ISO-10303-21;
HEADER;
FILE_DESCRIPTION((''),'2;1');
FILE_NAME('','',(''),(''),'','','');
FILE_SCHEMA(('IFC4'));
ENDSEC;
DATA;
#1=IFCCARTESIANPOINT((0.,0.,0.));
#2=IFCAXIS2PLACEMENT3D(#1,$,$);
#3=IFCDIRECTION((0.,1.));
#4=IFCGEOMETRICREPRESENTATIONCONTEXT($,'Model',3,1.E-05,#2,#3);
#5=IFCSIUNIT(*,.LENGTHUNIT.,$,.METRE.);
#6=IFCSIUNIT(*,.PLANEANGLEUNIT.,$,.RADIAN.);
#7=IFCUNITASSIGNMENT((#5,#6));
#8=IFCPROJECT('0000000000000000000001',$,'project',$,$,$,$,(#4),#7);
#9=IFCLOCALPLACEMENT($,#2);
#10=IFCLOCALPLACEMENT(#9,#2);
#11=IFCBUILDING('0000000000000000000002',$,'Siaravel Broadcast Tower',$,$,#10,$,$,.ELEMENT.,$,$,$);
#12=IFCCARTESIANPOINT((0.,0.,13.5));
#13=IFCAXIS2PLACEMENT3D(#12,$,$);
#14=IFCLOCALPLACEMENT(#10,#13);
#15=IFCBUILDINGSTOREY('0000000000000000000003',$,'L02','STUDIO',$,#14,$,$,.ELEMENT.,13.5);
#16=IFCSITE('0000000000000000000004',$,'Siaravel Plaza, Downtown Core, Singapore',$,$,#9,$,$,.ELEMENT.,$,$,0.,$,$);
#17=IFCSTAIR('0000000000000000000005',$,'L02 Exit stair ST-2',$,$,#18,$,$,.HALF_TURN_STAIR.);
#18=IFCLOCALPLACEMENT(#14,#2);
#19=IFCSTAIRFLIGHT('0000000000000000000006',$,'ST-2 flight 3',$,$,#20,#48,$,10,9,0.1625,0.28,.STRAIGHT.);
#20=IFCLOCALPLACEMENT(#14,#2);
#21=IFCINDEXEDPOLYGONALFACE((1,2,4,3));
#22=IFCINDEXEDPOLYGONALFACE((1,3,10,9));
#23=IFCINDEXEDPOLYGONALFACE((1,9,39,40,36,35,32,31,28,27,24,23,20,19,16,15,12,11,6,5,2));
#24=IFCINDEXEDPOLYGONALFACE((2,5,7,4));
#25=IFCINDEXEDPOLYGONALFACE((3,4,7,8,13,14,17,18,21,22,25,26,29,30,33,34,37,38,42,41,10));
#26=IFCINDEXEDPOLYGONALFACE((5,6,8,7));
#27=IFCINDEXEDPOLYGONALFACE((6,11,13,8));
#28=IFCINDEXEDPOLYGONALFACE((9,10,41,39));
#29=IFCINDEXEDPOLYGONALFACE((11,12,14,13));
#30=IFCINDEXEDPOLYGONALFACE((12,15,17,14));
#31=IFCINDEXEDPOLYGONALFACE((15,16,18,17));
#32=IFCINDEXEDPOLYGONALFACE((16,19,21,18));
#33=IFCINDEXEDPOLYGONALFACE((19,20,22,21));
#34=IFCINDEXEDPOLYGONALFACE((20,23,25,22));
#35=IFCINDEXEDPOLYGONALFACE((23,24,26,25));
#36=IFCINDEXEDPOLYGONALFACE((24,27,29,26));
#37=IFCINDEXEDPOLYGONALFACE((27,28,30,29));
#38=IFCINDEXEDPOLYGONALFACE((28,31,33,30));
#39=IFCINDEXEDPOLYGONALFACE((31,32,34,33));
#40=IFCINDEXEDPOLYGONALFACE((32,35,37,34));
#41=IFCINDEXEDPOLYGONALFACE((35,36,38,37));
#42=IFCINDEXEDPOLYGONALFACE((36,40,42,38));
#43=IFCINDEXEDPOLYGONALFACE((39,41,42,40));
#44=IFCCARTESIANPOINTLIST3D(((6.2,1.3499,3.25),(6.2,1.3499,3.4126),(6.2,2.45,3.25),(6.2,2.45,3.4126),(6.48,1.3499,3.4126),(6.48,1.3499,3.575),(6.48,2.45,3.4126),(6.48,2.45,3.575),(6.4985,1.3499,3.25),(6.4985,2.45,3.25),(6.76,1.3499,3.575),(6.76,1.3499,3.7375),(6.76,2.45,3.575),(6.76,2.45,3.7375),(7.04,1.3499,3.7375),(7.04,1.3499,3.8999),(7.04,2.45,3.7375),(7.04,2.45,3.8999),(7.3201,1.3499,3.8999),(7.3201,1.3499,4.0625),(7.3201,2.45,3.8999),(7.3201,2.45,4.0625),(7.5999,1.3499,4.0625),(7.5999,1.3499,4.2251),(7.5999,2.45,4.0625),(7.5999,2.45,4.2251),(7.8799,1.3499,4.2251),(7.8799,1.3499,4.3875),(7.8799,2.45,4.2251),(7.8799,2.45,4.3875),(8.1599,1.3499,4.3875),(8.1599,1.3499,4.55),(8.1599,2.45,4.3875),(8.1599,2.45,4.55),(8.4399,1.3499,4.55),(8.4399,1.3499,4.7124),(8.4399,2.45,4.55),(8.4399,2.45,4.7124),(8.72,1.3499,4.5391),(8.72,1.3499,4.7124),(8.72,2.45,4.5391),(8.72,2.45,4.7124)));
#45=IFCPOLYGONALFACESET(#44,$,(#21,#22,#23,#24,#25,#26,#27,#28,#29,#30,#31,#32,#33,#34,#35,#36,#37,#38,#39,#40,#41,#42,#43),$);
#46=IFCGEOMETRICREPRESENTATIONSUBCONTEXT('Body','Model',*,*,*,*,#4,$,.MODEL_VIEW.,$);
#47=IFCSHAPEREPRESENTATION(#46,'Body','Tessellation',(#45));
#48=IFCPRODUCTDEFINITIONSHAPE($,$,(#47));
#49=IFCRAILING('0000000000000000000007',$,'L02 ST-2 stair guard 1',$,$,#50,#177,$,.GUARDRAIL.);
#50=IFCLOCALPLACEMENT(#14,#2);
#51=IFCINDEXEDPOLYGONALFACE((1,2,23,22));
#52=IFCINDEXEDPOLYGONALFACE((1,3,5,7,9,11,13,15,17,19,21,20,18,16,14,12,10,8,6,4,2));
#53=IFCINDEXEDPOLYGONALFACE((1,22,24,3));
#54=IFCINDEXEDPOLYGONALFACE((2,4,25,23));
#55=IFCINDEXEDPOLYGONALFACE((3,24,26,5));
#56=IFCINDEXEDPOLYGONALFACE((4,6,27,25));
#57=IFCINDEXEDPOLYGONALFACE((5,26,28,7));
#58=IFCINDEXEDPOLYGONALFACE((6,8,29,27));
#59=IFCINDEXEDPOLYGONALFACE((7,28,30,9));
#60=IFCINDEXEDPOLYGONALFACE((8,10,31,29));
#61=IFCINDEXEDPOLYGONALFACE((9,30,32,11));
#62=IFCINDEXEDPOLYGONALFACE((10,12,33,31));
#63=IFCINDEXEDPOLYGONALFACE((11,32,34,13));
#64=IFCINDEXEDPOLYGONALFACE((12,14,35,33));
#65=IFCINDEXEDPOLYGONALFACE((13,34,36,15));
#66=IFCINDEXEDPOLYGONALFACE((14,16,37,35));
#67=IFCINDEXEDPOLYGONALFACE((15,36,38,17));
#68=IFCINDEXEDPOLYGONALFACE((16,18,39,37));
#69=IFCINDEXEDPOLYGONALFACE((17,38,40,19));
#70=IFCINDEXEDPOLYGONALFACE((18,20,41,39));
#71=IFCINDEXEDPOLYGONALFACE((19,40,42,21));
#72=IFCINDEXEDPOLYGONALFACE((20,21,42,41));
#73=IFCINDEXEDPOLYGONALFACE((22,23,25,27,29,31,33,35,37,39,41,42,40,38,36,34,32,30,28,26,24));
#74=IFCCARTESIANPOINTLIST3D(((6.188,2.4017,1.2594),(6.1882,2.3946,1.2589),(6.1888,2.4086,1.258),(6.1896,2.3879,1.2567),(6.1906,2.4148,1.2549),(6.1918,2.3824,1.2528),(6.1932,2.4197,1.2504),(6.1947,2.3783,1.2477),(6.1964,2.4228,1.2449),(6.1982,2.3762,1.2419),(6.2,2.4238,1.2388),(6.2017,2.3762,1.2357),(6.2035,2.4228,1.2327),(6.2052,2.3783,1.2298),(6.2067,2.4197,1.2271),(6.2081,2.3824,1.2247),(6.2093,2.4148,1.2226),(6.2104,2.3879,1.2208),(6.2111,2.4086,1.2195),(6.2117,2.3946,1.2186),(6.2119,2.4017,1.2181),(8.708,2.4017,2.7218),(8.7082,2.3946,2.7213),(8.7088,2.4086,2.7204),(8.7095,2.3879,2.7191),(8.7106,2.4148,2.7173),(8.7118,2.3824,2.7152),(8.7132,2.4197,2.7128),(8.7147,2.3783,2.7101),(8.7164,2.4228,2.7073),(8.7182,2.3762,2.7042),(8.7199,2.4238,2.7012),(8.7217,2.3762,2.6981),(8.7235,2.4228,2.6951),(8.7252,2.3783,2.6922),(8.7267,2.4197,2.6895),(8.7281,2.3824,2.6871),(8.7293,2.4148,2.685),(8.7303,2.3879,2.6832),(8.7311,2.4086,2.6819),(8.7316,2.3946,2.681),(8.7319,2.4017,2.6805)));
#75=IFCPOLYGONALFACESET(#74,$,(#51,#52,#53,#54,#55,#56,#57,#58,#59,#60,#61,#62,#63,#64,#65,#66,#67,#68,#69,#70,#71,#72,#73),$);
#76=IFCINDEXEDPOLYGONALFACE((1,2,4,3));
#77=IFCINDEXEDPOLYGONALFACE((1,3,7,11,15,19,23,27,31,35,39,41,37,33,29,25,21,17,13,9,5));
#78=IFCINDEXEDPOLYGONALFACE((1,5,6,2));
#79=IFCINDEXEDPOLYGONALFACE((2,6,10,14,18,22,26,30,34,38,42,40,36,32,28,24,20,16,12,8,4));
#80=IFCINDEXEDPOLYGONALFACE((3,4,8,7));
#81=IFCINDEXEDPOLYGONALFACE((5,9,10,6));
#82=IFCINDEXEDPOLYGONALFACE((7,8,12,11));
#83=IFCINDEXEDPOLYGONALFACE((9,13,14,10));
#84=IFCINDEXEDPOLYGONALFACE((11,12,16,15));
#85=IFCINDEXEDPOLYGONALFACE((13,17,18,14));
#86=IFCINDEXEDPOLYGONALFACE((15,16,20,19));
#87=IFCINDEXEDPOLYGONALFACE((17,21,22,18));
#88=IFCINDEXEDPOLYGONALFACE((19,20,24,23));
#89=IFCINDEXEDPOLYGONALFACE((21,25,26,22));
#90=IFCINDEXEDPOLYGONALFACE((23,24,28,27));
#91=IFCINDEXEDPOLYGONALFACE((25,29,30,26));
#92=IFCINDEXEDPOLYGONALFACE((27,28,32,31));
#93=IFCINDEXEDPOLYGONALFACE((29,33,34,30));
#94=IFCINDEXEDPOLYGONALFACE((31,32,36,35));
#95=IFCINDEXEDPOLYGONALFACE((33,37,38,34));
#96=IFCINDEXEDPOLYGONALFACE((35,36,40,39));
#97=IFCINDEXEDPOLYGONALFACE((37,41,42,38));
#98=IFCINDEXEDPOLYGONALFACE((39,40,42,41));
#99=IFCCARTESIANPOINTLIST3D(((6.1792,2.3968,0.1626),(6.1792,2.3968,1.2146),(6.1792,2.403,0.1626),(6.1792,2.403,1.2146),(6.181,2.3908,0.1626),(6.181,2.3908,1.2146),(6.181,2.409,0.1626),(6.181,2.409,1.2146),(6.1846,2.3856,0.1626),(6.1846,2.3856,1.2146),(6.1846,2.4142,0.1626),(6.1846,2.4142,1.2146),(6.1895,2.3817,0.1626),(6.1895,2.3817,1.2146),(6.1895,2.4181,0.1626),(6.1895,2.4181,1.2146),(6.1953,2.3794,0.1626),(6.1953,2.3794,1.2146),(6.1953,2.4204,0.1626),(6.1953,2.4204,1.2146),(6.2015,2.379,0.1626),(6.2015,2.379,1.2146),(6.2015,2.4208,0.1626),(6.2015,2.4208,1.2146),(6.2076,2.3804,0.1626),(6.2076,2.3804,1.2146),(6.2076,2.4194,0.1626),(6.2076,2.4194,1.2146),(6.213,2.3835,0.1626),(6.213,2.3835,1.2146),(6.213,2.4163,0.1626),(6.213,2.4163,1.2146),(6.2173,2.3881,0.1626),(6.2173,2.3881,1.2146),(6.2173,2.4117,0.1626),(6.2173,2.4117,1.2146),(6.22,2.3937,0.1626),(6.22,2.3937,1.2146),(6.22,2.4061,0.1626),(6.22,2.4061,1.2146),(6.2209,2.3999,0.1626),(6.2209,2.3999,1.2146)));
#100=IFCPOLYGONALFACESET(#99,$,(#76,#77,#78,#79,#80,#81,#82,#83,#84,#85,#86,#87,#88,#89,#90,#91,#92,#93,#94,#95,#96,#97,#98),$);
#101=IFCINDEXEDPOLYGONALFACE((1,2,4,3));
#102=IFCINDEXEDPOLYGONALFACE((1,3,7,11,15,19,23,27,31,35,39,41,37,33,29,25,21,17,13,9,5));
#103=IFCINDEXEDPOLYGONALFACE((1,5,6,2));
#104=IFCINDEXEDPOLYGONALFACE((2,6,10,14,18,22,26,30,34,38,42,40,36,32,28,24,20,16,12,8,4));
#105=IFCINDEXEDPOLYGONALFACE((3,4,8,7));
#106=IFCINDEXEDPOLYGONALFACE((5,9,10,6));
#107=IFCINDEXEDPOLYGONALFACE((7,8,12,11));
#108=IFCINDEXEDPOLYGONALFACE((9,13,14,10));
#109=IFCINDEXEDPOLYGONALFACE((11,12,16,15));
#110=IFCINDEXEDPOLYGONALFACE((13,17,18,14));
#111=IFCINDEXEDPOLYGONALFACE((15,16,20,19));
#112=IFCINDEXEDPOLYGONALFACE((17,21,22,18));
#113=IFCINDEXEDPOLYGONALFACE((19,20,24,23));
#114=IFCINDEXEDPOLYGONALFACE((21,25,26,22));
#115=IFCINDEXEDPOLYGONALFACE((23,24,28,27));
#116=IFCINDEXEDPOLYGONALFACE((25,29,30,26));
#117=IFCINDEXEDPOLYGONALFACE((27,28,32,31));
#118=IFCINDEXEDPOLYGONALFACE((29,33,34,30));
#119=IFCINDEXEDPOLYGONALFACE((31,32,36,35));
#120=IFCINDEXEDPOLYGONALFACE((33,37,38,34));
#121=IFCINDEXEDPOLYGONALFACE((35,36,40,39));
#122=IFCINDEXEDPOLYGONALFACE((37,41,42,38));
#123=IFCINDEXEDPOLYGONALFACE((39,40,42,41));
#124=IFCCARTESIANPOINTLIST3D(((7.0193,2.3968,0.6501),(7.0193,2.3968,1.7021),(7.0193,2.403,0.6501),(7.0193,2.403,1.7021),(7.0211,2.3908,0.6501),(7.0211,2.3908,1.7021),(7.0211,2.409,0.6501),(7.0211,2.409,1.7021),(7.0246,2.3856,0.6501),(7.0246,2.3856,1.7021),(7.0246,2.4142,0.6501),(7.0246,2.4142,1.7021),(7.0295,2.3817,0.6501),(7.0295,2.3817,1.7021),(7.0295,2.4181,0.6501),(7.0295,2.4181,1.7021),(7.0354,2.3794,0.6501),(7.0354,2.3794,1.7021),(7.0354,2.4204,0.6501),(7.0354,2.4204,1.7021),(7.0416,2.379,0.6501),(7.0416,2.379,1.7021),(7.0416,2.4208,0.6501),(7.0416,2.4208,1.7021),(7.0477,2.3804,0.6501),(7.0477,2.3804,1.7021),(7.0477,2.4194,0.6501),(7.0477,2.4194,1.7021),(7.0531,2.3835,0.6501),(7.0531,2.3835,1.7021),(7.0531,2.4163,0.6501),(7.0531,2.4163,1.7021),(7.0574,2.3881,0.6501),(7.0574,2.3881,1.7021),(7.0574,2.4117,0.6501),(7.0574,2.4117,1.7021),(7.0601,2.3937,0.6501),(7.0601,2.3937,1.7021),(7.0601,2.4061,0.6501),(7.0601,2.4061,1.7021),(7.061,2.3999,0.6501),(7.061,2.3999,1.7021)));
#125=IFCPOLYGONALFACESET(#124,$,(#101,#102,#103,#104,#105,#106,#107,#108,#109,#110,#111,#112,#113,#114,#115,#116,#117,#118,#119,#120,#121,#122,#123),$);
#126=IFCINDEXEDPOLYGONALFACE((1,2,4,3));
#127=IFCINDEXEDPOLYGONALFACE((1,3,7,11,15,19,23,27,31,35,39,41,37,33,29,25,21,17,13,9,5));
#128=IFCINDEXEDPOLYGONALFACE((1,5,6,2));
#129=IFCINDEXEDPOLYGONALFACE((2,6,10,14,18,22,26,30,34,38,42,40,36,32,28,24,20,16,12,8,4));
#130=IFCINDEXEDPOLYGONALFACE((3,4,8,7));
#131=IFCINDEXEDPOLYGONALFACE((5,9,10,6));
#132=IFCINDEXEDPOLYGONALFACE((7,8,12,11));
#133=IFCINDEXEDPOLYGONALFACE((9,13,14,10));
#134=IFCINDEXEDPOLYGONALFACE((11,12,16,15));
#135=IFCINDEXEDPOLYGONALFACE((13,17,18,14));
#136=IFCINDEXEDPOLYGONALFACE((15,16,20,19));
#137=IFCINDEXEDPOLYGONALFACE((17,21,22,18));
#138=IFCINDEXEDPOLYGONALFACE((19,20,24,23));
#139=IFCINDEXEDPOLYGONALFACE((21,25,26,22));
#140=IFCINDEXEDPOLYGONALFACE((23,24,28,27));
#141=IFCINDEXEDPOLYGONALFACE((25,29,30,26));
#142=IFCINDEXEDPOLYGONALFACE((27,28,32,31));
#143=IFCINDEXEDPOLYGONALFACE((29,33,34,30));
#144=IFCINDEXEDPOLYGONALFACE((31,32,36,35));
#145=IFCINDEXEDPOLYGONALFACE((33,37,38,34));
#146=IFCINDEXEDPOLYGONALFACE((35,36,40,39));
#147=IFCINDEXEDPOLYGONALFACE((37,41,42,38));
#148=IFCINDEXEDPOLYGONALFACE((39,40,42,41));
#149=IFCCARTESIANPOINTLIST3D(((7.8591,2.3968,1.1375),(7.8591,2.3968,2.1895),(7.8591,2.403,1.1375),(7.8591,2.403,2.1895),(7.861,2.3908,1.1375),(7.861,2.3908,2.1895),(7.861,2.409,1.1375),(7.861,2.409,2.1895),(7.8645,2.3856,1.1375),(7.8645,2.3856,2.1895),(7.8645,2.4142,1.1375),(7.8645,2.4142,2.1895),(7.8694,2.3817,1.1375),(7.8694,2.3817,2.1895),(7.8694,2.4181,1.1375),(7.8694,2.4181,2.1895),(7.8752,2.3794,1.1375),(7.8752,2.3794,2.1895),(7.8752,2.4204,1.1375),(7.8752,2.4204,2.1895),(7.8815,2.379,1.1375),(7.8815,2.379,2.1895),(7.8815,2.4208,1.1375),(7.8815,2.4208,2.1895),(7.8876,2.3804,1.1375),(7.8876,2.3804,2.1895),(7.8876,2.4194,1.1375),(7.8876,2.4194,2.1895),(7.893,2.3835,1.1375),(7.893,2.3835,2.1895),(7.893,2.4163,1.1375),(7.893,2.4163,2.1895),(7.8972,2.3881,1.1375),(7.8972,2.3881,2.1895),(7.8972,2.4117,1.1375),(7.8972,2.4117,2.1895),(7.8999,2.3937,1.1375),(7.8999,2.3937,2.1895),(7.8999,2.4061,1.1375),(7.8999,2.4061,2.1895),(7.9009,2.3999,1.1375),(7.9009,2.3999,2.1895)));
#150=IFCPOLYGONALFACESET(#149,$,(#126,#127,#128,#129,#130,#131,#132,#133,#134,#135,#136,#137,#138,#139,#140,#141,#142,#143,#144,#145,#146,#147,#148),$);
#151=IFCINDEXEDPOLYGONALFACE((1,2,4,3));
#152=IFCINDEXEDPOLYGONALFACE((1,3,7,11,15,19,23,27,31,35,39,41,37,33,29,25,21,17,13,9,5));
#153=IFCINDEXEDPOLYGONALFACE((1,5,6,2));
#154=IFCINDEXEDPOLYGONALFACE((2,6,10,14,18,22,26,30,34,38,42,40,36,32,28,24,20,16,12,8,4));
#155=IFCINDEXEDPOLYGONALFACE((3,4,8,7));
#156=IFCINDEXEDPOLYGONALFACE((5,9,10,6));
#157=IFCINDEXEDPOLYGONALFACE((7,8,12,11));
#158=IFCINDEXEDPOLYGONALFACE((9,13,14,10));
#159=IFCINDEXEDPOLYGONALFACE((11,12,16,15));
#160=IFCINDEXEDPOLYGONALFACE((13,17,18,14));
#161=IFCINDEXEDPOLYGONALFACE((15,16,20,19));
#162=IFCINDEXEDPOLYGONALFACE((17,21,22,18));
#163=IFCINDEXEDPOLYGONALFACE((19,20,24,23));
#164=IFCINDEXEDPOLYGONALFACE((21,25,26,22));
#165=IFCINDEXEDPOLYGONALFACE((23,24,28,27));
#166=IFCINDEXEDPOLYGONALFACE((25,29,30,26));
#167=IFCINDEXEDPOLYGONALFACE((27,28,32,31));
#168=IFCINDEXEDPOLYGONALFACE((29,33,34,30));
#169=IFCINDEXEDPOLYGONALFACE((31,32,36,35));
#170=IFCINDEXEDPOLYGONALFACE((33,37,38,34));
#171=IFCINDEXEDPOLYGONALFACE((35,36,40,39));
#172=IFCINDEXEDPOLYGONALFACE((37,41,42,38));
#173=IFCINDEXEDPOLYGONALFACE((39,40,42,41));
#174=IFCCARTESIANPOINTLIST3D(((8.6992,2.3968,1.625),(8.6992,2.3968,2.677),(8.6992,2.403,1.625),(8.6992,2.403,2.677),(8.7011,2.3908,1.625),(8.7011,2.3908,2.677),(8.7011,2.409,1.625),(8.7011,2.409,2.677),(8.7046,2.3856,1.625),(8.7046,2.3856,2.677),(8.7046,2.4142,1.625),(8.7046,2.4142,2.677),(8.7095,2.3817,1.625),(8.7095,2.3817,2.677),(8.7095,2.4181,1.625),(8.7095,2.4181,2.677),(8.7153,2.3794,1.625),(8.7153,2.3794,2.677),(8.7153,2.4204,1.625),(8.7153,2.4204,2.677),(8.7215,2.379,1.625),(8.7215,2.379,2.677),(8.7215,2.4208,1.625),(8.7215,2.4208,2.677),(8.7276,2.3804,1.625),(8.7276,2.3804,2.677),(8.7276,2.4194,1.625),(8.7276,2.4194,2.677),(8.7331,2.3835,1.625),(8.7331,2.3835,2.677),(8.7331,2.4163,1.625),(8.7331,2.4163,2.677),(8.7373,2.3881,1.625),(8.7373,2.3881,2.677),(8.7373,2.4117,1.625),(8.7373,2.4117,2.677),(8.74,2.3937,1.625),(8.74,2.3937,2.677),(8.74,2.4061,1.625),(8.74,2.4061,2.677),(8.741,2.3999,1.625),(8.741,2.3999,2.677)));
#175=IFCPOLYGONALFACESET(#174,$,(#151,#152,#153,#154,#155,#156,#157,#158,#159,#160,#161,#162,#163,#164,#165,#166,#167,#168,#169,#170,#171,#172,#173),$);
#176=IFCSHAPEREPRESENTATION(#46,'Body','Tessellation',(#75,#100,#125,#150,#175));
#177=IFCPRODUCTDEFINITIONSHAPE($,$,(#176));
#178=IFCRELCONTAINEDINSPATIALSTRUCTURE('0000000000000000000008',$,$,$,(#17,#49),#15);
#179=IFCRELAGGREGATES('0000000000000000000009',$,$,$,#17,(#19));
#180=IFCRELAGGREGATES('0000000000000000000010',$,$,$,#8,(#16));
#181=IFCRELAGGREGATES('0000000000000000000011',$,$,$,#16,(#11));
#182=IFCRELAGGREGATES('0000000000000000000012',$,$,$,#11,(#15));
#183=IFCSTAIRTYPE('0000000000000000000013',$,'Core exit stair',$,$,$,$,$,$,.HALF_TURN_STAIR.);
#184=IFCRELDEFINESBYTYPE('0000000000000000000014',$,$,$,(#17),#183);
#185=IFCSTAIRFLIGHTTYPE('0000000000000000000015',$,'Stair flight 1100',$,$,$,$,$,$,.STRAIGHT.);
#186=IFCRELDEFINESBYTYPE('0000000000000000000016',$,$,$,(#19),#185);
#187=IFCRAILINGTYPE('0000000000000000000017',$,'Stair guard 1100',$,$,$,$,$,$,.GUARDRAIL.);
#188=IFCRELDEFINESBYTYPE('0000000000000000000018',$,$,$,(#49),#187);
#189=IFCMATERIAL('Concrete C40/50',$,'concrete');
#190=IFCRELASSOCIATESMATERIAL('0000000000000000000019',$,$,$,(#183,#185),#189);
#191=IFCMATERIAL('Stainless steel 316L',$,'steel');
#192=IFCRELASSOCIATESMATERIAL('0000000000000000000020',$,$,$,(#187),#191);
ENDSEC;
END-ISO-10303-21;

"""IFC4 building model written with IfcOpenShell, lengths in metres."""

from ifc_helpers import new_model, si_unit, direction, frame, origin, origin_2d, place, context, subcontext, project, spatial, polyline, circle, outline, extrude, material, type_object, element, aggregate, save


model = new_model("IFC4")

# Units and contexts
model_context = context("Model", 3, precision=1e-05, world=origin(), true_north=direction((0.0, 1.0)))
body_context = subcontext(model_context, "Body", "Model", "MODEL_VIEW")
ifc_project = project(units=[si_unit("LENGTHUNIT", "METRE"), si_unit("PLANEANGLEUNIT", "RADIAN")], contexts=[model_context])

# Site, building, storey
site_placement = place(None, origin())
site = spatial("IfcSite", under=ifc_project, at=site_placement, Name="Siaravel Plaza, Downtown Core, Singapore", CompositionType="ELEMENT", RefElevation=0.0)
building_placement = place(site_placement, origin())
building = spatial("IfcBuilding", under=site, at=building_placement, Name="Siaravel Broadcast Tower", CompositionType="ELEMENT")
storey_placement = place(building_placement, frame((0.0, 0.0, 13.5)))
storey = spatial("IfcBuildingStorey", under=building, at=storey_placement, Name="L02", Description="STUDIO", CompositionType="ELEMENT", Elevation=13.5)

# Stair, stair flight
ifc_material_1 = material(Name="Concrete C40/50", Category="concrete")
stair_type = type_object("IfcStairType", Name="Core exit stair", PredefinedType="HALF_TURN_STAIR", material=ifc_material_1)
stair_placement = place(storey_placement, origin())
stair = element("IfcStair", 1, at=stair_placement, inside=storey, type_object=stair_type, Name="L02 Exit stair ST-2", PredefinedType="HALF_TURN_STAIR")
stair_flight_type = type_object("IfcStairFlightType", Name="Stair flight 1100", PredefinedType="STRAIGHT", material=ifc_material_1)
stair_flight_1_placement = place(storey_placement, frame((6.2, 1.8999, 3.25), z_axis=(0.0, 0.0, 1.0), x_axis=(1.0, 0.0, 0.0)))
stair_flight_1 = element("IfcStairFlight", 2, at=stair_flight_1_placement, type_object=stair_flight_type, Name="ST-2 flight 3", NumberOfRisers=10, NumberOfTreads=9, PredefinedType="STRAIGHT", RiserHeight=0.1625, TreadLength=0.28, context=body_context, shape_type="SweptSolid", body=[
    extrude(outline(polyline([(0.0, 0.0), (0.0, 0.1626), (0.28, 0.1626), (0.28, 0.325), (0.5601, 0.325), (0.5601, 0.4875), (0.8401, 0.4875), (0.8401, 0.6499), (1.1201, 0.6499), (1.1201, 0.8125), (1.3999, 0.8125), (1.3999, 0.9751), (1.6799, 0.9751), (1.6799, 1.1375), (1.96, 1.1375), (1.96, 1.3), (2.24, 1.3), (2.24, 1.4624), (2.52, 1.4624), (2.52, 1.625), (2.52, 1.2891), (0.2986, 0.0), (0.0, 0.0)])), frame((0.0, 0.55, 0.0), z_axis=(0.0, -1.0, 0.0), x_axis=(1.0, 0.0, 0.0)), (0.0, 0.0, 1.0), 1.1001),
])
aggregate(stair, [stair_flight_1])

# Railing
ifc_material_2 = material(Name="Stainless steel 316L", Category="steel")
railing_type_1 = type_object("IfcRailingType", Name="Stair guard 1100", PredefinedType="GUARDRAIL", material=ifc_material_2)
railing_1_placement = place(storey_placement, frame((6.2, 2.3999, 0.1626)))
element("IfcRailing", 3, at=railing_1_placement, inside=storey, type_object=railing_type_1, Name="L02 ST-2 stair guard 1", PredefinedType="GUARDRAIL", context=body_context, shape_type="SweptSolid", body=[
    extrude(circle(Radius=0.0239, at=origin_2d()), frame((0.0, 0.0, 1.0762), z_axis=(0.864913, 0.0, 0.501921), x_axis=(0.0, 1.0, 0.0)), (0.0, 0.0, 1.0), 2.9136),
    extrude(circle(Radius=0.021, at=origin_2d()), origin(), (0.0, 0.0, 1.0), 1.052),
    extrude(circle(Radius=0.021, at=origin_2d()), frame((0.8401, 0.0, 0.4875)), (0.0, 0.0, 1.0), 1.052),
    extrude(circle(Radius=0.021, at=origin_2d()), frame((1.6799, 0.0, 0.9749)), (0.0, 0.0, 1.0), 1.052),
    extrude(circle(Radius=0.021, at=origin_2d()), frame((2.52, 0.0, 1.4624)), (0.0, 0.0, 1.0), 1.052),
])

save(model, "model.ifc")
